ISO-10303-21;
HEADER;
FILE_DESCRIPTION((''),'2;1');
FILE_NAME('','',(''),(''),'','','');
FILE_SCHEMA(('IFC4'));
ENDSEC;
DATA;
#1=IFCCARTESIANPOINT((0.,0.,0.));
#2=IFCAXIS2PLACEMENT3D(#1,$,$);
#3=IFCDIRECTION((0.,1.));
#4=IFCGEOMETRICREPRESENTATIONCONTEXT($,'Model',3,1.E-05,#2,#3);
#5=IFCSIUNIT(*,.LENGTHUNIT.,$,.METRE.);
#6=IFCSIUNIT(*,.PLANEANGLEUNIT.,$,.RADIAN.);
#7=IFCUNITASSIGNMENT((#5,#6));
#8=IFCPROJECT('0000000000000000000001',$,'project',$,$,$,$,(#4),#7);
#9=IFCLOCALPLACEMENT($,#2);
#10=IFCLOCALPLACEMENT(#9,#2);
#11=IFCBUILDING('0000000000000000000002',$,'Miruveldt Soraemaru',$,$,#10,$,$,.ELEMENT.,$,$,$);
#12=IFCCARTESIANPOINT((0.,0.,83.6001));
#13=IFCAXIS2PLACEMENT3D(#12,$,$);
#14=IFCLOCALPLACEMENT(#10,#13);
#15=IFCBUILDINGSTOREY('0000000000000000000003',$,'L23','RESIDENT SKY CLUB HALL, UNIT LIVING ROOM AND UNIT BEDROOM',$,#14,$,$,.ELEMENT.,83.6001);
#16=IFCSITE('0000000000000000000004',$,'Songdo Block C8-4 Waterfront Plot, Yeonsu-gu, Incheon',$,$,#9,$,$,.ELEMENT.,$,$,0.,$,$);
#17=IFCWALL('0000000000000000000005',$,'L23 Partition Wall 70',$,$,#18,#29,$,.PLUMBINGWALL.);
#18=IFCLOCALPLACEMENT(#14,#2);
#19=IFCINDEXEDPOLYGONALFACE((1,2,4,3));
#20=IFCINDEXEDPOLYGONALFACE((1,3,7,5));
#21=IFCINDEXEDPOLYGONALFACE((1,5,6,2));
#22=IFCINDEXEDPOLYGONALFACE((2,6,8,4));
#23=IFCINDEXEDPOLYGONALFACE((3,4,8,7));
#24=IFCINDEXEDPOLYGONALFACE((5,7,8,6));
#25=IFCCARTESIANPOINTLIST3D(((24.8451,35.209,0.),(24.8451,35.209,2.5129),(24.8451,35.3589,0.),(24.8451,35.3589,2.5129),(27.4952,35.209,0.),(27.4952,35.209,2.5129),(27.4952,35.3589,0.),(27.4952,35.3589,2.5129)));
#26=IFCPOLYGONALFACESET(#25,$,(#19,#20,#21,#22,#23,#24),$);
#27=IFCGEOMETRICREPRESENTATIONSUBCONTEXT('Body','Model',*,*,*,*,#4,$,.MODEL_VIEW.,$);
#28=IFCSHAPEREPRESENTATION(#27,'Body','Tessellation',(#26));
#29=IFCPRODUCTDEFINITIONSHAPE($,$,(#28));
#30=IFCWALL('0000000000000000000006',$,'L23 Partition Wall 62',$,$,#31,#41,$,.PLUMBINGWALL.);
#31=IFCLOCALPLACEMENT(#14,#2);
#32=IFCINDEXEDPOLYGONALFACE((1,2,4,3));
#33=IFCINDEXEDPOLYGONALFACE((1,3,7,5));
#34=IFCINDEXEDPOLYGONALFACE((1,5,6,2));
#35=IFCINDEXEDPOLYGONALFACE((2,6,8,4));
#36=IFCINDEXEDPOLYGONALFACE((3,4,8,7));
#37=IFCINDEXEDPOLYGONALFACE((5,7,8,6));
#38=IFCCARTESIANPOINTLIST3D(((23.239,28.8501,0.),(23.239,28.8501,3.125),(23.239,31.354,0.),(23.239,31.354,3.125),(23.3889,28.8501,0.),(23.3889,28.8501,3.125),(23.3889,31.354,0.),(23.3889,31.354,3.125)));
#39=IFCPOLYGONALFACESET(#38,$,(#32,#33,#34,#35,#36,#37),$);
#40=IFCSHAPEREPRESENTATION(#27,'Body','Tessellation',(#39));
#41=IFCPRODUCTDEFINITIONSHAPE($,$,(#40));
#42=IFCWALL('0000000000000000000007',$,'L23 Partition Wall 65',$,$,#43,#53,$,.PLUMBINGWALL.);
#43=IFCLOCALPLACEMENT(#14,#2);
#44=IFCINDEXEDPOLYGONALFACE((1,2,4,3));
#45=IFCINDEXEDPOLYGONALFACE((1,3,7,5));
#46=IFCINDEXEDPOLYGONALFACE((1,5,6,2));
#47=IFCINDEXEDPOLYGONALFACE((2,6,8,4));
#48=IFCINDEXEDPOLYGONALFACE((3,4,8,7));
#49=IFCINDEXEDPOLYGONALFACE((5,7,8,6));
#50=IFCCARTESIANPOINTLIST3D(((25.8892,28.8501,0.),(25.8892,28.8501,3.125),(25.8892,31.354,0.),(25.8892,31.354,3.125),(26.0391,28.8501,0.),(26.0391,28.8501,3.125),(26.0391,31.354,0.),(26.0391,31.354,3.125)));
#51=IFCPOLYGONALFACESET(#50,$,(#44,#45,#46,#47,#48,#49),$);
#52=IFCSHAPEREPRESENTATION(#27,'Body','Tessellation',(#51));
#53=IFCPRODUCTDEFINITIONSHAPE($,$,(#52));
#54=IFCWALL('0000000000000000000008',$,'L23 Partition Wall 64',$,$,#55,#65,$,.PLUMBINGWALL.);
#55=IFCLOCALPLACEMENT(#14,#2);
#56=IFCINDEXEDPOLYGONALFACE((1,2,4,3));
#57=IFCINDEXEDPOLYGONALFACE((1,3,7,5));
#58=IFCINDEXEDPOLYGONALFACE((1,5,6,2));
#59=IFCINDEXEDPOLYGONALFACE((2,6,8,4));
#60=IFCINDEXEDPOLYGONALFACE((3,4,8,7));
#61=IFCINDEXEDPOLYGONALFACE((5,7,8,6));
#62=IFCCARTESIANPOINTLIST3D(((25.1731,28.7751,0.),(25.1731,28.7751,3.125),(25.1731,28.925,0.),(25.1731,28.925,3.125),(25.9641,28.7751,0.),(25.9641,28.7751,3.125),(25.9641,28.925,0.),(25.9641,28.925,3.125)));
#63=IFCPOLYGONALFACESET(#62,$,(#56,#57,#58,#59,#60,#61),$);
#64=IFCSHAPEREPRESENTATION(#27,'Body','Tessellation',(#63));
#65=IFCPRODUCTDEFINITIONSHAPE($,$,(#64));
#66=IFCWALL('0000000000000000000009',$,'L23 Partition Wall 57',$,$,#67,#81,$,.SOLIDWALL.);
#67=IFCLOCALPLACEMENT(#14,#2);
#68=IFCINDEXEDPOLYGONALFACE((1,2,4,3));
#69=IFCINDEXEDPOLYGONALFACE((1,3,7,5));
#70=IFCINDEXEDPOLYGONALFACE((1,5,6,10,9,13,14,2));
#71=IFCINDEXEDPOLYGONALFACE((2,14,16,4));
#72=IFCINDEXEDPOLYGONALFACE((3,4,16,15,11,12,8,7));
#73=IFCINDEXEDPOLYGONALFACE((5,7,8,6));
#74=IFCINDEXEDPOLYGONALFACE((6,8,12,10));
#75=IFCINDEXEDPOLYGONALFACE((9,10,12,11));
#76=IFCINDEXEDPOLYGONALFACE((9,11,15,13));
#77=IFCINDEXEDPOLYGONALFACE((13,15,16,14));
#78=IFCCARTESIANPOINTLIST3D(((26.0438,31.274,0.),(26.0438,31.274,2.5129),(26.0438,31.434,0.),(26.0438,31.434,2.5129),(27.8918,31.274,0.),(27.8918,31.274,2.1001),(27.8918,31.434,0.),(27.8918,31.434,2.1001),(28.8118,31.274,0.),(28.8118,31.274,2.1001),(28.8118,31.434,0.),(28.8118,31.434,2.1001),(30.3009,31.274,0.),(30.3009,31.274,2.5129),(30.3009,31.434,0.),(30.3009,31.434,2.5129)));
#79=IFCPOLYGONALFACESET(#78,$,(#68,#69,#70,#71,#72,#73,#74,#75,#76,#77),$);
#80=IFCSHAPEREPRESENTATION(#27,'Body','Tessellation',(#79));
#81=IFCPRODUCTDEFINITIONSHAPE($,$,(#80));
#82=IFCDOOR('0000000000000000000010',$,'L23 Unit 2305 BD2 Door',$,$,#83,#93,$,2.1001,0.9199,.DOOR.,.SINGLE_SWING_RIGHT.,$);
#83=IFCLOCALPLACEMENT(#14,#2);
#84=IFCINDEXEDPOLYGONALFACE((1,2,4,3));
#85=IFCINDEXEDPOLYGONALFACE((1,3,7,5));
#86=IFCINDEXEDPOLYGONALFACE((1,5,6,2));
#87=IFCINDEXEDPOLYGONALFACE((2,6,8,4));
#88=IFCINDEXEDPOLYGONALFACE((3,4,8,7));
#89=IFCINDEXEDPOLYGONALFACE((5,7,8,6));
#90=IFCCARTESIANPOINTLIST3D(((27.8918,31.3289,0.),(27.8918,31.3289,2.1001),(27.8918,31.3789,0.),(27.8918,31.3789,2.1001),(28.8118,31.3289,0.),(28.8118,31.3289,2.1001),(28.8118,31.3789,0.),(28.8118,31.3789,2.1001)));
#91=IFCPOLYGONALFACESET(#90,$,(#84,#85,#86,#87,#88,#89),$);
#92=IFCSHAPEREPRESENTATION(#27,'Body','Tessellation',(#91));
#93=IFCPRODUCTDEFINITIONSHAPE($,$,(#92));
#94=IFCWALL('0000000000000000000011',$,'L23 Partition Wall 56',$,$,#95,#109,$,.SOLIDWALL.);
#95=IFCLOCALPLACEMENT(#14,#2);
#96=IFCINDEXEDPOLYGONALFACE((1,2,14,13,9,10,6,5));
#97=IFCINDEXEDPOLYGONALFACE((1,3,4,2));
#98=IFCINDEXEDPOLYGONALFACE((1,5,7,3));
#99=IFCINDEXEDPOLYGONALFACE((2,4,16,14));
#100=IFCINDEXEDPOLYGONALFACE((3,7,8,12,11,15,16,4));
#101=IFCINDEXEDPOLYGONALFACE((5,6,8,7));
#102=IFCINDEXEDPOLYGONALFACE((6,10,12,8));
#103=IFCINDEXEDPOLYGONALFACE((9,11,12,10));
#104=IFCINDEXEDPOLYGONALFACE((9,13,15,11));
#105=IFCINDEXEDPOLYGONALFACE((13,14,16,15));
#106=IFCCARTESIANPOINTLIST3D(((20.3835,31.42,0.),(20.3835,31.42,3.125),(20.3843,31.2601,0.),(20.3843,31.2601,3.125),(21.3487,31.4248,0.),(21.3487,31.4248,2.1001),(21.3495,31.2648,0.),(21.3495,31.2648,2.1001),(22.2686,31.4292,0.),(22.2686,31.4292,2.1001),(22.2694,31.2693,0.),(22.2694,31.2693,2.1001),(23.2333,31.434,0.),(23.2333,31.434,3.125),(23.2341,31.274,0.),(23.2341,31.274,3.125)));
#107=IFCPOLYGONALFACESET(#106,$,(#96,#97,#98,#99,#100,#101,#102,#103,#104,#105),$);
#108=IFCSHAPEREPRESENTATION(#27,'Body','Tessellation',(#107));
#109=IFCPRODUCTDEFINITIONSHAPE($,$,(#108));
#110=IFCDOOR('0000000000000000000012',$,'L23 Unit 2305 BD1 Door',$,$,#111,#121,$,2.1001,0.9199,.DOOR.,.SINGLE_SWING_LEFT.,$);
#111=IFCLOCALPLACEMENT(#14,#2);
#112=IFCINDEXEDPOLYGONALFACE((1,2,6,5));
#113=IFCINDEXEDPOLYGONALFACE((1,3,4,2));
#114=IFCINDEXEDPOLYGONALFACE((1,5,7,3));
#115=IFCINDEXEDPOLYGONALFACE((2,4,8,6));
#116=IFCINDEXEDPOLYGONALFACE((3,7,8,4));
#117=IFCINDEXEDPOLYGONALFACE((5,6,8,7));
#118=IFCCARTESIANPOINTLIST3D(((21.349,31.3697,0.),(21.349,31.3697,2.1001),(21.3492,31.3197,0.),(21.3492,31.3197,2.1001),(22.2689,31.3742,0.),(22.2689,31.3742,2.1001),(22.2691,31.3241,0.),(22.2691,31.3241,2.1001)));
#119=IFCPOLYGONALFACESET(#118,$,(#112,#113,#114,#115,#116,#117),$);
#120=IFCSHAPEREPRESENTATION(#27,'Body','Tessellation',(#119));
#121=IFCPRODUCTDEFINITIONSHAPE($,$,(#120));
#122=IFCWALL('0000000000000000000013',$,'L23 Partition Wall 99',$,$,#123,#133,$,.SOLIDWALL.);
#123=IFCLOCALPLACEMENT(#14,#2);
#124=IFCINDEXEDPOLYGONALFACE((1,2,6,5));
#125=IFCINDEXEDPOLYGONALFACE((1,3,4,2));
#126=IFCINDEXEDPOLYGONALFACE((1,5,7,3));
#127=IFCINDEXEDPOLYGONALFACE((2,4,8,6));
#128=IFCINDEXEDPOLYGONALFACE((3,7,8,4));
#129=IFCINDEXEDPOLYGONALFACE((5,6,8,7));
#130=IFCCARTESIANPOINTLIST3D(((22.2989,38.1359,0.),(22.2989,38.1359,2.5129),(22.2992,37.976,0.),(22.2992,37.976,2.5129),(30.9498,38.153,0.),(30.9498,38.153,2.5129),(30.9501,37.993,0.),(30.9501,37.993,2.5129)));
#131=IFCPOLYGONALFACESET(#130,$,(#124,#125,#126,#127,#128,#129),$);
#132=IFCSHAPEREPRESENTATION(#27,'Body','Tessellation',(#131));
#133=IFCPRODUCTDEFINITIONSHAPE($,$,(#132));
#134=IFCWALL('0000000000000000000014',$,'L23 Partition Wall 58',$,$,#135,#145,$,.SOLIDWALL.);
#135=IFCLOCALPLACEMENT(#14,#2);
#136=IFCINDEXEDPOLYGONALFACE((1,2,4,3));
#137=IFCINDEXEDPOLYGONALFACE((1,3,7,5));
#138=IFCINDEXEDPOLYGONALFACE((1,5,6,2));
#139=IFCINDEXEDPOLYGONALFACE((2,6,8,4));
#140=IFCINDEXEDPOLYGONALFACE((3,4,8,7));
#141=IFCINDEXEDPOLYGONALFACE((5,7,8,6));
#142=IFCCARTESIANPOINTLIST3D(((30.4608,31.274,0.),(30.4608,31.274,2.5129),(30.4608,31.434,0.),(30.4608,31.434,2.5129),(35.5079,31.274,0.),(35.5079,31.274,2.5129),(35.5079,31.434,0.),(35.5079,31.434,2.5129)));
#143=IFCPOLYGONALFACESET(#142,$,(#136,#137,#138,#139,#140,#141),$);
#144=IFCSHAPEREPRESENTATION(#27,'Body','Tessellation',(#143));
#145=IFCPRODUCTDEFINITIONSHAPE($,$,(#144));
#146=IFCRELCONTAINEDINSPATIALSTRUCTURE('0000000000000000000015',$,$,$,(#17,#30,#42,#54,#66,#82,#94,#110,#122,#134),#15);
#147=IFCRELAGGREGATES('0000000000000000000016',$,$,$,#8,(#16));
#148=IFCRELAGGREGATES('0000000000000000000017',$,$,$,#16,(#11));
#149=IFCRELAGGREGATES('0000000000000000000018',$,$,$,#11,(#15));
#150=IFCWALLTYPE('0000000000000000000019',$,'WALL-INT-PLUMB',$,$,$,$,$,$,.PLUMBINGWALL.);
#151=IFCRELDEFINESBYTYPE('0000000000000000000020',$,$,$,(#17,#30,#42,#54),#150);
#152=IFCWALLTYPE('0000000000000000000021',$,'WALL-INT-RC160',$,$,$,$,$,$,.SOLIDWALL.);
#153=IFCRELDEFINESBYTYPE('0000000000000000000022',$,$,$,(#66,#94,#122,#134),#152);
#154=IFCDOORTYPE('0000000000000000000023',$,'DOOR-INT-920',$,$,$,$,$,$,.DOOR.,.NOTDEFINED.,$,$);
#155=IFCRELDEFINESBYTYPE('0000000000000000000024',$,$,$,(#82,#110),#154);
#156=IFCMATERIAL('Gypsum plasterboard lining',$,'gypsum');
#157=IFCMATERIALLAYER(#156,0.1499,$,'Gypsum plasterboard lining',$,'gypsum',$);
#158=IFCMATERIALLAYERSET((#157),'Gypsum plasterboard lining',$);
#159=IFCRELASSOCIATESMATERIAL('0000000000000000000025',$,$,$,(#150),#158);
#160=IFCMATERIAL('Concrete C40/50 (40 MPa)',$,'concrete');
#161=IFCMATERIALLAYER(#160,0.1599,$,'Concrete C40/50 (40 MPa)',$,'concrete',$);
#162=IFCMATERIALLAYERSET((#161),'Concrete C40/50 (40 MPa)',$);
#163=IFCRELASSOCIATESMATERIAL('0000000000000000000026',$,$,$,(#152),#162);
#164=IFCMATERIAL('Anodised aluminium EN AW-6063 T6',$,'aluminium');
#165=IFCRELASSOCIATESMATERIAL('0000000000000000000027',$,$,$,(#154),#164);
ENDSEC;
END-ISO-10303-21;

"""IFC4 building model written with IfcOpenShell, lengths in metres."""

from ifc_helpers import new_model, si_unit, direction, frame, frame_2d, origin, place, context, subcontext, project, spatial, rectangle, extrude, material, layer, layer_set, type_object, element, fill, save


model = new_model("IFC4")

# Units and contexts
model_context = context("Model", 3, precision=1e-05, world=origin(), true_north=direction((0.0, 1.0)))
body_context = subcontext(model_context, "Body", "Model", "MODEL_VIEW")
ifc_project = project(units=[si_unit("LENGTHUNIT", "METRE"), si_unit("PLANEANGLEUNIT", "RADIAN")], contexts=[model_context])

# Site, building, storey
site_placement = place(None, origin())
site = spatial("IfcSite", under=ifc_project, at=site_placement, Name="Songdo Block C8-4 Waterfront Plot, Yeonsu-gu, Incheon", CompositionType="ELEMENT", RefElevation=0.0)
building_placement = place(site_placement, origin())
building = spatial("IfcBuilding", under=site, at=building_placement, Name="Miruveldt Soraemaru", CompositionType="ELEMENT")
storey_placement = place(building_placement, frame((0.0, 0.0, 83.6001)))
storey = spatial("IfcBuildingStorey", under=building, at=storey_placement, Name="L23", Description="RESIDENT SKY CLUB HALL, UNIT LIVING ROOM AND UNIT BEDROOM", CompositionType="ELEMENT", Elevation=83.6001)

# Shared definitions
ifc_material_1 = material(Name="Anodised aluminium EN AW-6063 T6", Category="aluminium")

# Shared definitions
ifc_material_2 = material(Name="Gypsum plasterboard lining", Category="gypsum")
ifc_layer_1 = layer(ifc_material_2, 0.1499, Name="Gypsum plasterboard lining", Category="gypsum")
ifc_layer_set_1 = layer_set([ifc_layer_1], Name="Gypsum plasterboard lining")
wall_type_1 = type_object("IfcWallType", Name="WALL-INT-PLUMB", PredefinedType="PLUMBINGWALL", material=ifc_layer_set_1)

# Walls
wall_1_placement = place(storey_placement, frame((24.845, 35.2839, 0.0), z_axis=(0.0, 0.0, 1.0), x_axis=(1.0, 0.0, 0.0)))
element("IfcWall", 1, at=wall_1_placement, inside=storey, type_object=wall_type_1, Name="L23 Partition Wall 70", PredefinedType="PLUMBINGWALL", context=body_context, shape_type="SweptSolid", body=[
    extrude(rectangle(XDim=2.6501, YDim=0.1499, at=frame_2d((1.3252, 0.0))), origin(), (0.0, 0.0, 1.0), 2.5129),
])
for number, where, z_axis, x_axis, name in (
    (2, (23.314, 31.354, 0.0), (0.0, 0.0, 1.0), (0.0, -1.0, 0.0), "L23 Partition Wall 62"),
    (3, (25.9641, 28.8501, 0.0), (0.0, 0.0, 1.0), (0.0, 1.0, 0.0), "L23 Partition Wall 65"),
):
    element("IfcWall", number, at=place(storey_placement, frame(where, z_axis=z_axis, x_axis=x_axis)), inside=storey, type_object=wall_type_1, Name=name, PredefinedType="PLUMBINGWALL", context=body_context, shape_type="SweptSolid", body=[
        extrude(rectangle(XDim=2.5039, YDim=0.1499, at=frame_2d((1.252, 0.0))), origin(), (0.0, 0.0, 1.0), 3.125),
    ])
wall_2_placement = place(storey_placement, frame((25.1731, 28.8501, 0.0), z_axis=(0.0, 0.0, 1.0), x_axis=(1.0, 0.0, 0.0)))
element("IfcWall", 4, at=wall_2_placement, inside=storey, type_object=wall_type_1, Name="L23 Partition Wall 64", PredefinedType="PLUMBINGWALL", context=body_context, shape_type="SweptSolid", body=[
    extrude(rectangle(XDim=0.791, YDim=0.1499, at=frame_2d((0.3955, 0.0))), origin(), (0.0, 0.0, 1.0), 3.125),
])

# Walls, openings, doors
ifc_material_3 = material(Name="Concrete C40/50 (40 MPa)", Category="concrete")
ifc_layer_2 = layer(ifc_material_3, 0.1599, Name="Concrete C40/50 (40 MPa)", Category="concrete")
ifc_layer_set_2 = layer_set([ifc_layer_2], Name="Concrete C40/50 (40 MPa)")
wall_type_2 = type_object("IfcWallType", Name="WALL-INT-RC160", PredefinedType="SOLIDWALL", material=ifc_layer_set_2)
wall_3_placement = place(storey_placement, frame((26.0439, 31.354, 0.0), z_axis=(0.0, 0.0, 1.0), x_axis=(1.0, 0.0, 0.0)))
wall_3 = element("IfcWall", 5, at=wall_3_placement, inside=storey, type_object=wall_type_2, Name="L23 Partition Wall 57", PredefinedType="SOLIDWALL", context=body_context, shape_type="SweptSolid", body=[
    extrude(rectangle(XDim=4.2571, YDim=0.1599, at=frame_2d((2.1284, 0.0))), origin(), (0.0, 0.0, 1.0), 2.5129),
])
opening_1_placement = place(wall_3_placement, frame((1.8479, 0.0, 0.0)))
opening_1 = element("IfcOpeningElement", 6, at=opening_1_placement, cuts=wall_3, PredefinedType="OPENING", context=body_context, shape_type="SweptSolid", body=[
    extrude(rectangle(XDim=0.9199, YDim=2.1001, at=frame_2d((0.46, 1.05))), frame((0.0, 0.0898, 0.0), z_axis=(0.0, -1.0, 0.0), x_axis=(1.0, 0.0, 0.0)), (0.0, 0.0, 1.0), 0.1799),
])
door_type_1 = type_object("IfcDoorType", Name="DOOR-INT-920", OperationType="NOTDEFINED", PredefinedType="DOOR", material=ifc_material_1)
door_1_placement = place(opening_1_placement, origin())
door_1 = element("IfcDoor", 7, at=door_1_placement, inside=storey, type_object=door_type_1, Name="L23 Unit 2305 BD2 Door", OperationType="SINGLE_SWING_RIGHT", OverallHeight=2.1001, OverallWidth=0.9199, PredefinedType="DOOR", context=body_context, shape_type="SweptSolid", body=[
    extrude(rectangle(XDim=0.9199, YDim=2.1001, at=frame_2d((0.46, 1.05))), frame((0.0, 0.0249, 0.0), z_axis=(0.0, -1.0, 0.0), x_axis=(1.0, 0.0, 0.0)), (0.0, 0.0, 1.0), 0.05),
])
fill(opening_1, door_1)
wall_4_placement = place(storey_placement, frame((20.384, 31.3401, 0.0), z_axis=(0.0, 0.0, 1.0), x_axis=(0.999988, 0.004883, 0.0)))
wall_4 = element("IfcWall", 8, at=wall_4_placement, inside=storey, type_object=wall_type_2, Name="L23 Partition Wall 56", PredefinedType="SOLIDWALL", context=body_context, shape_type="SweptSolid", body=[
    extrude(rectangle(XDim=2.8499, YDim=0.1599, at=frame_2d((1.4248, 0.0))), origin(), (0.0, 0.0, 1.0), 3.125),
])
opening_2_placement = place(wall_4_placement, frame((0.9651, 0.0, 0.0)))
opening_2 = element("IfcOpeningElement", 9, at=opening_2_placement, cuts=wall_4, PredefinedType="OPENING", context=body_context, shape_type="SweptSolid", body=[
    extrude(rectangle(XDim=0.9199, YDim=2.1001, at=frame_2d((0.46, 1.05))), frame((0.0, 0.0898, 0.0), z_axis=(0.0, -1.0, 0.0), x_axis=(1.0, 0.0, 0.0)), (0.0, 0.0, 1.0), 0.1799),
])
door_2_placement = place(opening_2_placement, origin())
door_2 = element("IfcDoor", 10, at=door_2_placement, inside=storey, type_object=door_type_1, Name="L23 Unit 2305 BD1 Door", OperationType="SINGLE_SWING_LEFT", OverallHeight=2.1001, OverallWidth=0.9199, PredefinedType="DOOR", context=body_context, shape_type="SweptSolid", body=[
    extrude(rectangle(XDim=0.9199, YDim=2.1001, at=frame_2d((0.46, 1.05))), frame((0.0, 0.0249, 0.0), z_axis=(0.0, -1.0, 0.0), x_axis=(1.0, 0.0, 0.0)), (0.0, 0.0, 1.0), 0.05),
])
fill(opening_2, door_2)

# Walls
wall_5_placement = place(storey_placement, frame((30.95, 38.073, 0.0), z_axis=(0.0, 0.0, 1.0), x_axis=(-0.999998, -0.001975, 0.0)))
element("IfcWall", 11, at=wall_5_placement, inside=storey, type_object=wall_type_2, Name="L23 Partition Wall 99", PredefinedType="SOLIDWALL", context=body_context, shape_type="SweptSolid", body=[
    extrude(rectangle(XDim=8.6509, YDim=0.1599, at=frame_2d((4.3254, 0.0))), origin(), (0.0, 0.0, 1.0), 2.5129),
])
wall_6_placement = place(storey_placement, frame((30.4609, 31.354, 0.0), z_axis=(0.0, 0.0, 1.0), x_axis=(1.0, 0.0, 0.0)))
element("IfcWall", 12, at=wall_6_placement, inside=storey, type_object=wall_type_2, Name="L23 Partition Wall 58", PredefinedType="SOLIDWALL", context=body_context, shape_type="SweptSolid", body=[
    extrude(rectangle(XDim=5.0471, YDim=0.1599, at=frame_2d((2.5234, 0.0))), origin(), (0.0, 0.0, 1.0), 2.5129),
])

save(model, "model.ifc")
